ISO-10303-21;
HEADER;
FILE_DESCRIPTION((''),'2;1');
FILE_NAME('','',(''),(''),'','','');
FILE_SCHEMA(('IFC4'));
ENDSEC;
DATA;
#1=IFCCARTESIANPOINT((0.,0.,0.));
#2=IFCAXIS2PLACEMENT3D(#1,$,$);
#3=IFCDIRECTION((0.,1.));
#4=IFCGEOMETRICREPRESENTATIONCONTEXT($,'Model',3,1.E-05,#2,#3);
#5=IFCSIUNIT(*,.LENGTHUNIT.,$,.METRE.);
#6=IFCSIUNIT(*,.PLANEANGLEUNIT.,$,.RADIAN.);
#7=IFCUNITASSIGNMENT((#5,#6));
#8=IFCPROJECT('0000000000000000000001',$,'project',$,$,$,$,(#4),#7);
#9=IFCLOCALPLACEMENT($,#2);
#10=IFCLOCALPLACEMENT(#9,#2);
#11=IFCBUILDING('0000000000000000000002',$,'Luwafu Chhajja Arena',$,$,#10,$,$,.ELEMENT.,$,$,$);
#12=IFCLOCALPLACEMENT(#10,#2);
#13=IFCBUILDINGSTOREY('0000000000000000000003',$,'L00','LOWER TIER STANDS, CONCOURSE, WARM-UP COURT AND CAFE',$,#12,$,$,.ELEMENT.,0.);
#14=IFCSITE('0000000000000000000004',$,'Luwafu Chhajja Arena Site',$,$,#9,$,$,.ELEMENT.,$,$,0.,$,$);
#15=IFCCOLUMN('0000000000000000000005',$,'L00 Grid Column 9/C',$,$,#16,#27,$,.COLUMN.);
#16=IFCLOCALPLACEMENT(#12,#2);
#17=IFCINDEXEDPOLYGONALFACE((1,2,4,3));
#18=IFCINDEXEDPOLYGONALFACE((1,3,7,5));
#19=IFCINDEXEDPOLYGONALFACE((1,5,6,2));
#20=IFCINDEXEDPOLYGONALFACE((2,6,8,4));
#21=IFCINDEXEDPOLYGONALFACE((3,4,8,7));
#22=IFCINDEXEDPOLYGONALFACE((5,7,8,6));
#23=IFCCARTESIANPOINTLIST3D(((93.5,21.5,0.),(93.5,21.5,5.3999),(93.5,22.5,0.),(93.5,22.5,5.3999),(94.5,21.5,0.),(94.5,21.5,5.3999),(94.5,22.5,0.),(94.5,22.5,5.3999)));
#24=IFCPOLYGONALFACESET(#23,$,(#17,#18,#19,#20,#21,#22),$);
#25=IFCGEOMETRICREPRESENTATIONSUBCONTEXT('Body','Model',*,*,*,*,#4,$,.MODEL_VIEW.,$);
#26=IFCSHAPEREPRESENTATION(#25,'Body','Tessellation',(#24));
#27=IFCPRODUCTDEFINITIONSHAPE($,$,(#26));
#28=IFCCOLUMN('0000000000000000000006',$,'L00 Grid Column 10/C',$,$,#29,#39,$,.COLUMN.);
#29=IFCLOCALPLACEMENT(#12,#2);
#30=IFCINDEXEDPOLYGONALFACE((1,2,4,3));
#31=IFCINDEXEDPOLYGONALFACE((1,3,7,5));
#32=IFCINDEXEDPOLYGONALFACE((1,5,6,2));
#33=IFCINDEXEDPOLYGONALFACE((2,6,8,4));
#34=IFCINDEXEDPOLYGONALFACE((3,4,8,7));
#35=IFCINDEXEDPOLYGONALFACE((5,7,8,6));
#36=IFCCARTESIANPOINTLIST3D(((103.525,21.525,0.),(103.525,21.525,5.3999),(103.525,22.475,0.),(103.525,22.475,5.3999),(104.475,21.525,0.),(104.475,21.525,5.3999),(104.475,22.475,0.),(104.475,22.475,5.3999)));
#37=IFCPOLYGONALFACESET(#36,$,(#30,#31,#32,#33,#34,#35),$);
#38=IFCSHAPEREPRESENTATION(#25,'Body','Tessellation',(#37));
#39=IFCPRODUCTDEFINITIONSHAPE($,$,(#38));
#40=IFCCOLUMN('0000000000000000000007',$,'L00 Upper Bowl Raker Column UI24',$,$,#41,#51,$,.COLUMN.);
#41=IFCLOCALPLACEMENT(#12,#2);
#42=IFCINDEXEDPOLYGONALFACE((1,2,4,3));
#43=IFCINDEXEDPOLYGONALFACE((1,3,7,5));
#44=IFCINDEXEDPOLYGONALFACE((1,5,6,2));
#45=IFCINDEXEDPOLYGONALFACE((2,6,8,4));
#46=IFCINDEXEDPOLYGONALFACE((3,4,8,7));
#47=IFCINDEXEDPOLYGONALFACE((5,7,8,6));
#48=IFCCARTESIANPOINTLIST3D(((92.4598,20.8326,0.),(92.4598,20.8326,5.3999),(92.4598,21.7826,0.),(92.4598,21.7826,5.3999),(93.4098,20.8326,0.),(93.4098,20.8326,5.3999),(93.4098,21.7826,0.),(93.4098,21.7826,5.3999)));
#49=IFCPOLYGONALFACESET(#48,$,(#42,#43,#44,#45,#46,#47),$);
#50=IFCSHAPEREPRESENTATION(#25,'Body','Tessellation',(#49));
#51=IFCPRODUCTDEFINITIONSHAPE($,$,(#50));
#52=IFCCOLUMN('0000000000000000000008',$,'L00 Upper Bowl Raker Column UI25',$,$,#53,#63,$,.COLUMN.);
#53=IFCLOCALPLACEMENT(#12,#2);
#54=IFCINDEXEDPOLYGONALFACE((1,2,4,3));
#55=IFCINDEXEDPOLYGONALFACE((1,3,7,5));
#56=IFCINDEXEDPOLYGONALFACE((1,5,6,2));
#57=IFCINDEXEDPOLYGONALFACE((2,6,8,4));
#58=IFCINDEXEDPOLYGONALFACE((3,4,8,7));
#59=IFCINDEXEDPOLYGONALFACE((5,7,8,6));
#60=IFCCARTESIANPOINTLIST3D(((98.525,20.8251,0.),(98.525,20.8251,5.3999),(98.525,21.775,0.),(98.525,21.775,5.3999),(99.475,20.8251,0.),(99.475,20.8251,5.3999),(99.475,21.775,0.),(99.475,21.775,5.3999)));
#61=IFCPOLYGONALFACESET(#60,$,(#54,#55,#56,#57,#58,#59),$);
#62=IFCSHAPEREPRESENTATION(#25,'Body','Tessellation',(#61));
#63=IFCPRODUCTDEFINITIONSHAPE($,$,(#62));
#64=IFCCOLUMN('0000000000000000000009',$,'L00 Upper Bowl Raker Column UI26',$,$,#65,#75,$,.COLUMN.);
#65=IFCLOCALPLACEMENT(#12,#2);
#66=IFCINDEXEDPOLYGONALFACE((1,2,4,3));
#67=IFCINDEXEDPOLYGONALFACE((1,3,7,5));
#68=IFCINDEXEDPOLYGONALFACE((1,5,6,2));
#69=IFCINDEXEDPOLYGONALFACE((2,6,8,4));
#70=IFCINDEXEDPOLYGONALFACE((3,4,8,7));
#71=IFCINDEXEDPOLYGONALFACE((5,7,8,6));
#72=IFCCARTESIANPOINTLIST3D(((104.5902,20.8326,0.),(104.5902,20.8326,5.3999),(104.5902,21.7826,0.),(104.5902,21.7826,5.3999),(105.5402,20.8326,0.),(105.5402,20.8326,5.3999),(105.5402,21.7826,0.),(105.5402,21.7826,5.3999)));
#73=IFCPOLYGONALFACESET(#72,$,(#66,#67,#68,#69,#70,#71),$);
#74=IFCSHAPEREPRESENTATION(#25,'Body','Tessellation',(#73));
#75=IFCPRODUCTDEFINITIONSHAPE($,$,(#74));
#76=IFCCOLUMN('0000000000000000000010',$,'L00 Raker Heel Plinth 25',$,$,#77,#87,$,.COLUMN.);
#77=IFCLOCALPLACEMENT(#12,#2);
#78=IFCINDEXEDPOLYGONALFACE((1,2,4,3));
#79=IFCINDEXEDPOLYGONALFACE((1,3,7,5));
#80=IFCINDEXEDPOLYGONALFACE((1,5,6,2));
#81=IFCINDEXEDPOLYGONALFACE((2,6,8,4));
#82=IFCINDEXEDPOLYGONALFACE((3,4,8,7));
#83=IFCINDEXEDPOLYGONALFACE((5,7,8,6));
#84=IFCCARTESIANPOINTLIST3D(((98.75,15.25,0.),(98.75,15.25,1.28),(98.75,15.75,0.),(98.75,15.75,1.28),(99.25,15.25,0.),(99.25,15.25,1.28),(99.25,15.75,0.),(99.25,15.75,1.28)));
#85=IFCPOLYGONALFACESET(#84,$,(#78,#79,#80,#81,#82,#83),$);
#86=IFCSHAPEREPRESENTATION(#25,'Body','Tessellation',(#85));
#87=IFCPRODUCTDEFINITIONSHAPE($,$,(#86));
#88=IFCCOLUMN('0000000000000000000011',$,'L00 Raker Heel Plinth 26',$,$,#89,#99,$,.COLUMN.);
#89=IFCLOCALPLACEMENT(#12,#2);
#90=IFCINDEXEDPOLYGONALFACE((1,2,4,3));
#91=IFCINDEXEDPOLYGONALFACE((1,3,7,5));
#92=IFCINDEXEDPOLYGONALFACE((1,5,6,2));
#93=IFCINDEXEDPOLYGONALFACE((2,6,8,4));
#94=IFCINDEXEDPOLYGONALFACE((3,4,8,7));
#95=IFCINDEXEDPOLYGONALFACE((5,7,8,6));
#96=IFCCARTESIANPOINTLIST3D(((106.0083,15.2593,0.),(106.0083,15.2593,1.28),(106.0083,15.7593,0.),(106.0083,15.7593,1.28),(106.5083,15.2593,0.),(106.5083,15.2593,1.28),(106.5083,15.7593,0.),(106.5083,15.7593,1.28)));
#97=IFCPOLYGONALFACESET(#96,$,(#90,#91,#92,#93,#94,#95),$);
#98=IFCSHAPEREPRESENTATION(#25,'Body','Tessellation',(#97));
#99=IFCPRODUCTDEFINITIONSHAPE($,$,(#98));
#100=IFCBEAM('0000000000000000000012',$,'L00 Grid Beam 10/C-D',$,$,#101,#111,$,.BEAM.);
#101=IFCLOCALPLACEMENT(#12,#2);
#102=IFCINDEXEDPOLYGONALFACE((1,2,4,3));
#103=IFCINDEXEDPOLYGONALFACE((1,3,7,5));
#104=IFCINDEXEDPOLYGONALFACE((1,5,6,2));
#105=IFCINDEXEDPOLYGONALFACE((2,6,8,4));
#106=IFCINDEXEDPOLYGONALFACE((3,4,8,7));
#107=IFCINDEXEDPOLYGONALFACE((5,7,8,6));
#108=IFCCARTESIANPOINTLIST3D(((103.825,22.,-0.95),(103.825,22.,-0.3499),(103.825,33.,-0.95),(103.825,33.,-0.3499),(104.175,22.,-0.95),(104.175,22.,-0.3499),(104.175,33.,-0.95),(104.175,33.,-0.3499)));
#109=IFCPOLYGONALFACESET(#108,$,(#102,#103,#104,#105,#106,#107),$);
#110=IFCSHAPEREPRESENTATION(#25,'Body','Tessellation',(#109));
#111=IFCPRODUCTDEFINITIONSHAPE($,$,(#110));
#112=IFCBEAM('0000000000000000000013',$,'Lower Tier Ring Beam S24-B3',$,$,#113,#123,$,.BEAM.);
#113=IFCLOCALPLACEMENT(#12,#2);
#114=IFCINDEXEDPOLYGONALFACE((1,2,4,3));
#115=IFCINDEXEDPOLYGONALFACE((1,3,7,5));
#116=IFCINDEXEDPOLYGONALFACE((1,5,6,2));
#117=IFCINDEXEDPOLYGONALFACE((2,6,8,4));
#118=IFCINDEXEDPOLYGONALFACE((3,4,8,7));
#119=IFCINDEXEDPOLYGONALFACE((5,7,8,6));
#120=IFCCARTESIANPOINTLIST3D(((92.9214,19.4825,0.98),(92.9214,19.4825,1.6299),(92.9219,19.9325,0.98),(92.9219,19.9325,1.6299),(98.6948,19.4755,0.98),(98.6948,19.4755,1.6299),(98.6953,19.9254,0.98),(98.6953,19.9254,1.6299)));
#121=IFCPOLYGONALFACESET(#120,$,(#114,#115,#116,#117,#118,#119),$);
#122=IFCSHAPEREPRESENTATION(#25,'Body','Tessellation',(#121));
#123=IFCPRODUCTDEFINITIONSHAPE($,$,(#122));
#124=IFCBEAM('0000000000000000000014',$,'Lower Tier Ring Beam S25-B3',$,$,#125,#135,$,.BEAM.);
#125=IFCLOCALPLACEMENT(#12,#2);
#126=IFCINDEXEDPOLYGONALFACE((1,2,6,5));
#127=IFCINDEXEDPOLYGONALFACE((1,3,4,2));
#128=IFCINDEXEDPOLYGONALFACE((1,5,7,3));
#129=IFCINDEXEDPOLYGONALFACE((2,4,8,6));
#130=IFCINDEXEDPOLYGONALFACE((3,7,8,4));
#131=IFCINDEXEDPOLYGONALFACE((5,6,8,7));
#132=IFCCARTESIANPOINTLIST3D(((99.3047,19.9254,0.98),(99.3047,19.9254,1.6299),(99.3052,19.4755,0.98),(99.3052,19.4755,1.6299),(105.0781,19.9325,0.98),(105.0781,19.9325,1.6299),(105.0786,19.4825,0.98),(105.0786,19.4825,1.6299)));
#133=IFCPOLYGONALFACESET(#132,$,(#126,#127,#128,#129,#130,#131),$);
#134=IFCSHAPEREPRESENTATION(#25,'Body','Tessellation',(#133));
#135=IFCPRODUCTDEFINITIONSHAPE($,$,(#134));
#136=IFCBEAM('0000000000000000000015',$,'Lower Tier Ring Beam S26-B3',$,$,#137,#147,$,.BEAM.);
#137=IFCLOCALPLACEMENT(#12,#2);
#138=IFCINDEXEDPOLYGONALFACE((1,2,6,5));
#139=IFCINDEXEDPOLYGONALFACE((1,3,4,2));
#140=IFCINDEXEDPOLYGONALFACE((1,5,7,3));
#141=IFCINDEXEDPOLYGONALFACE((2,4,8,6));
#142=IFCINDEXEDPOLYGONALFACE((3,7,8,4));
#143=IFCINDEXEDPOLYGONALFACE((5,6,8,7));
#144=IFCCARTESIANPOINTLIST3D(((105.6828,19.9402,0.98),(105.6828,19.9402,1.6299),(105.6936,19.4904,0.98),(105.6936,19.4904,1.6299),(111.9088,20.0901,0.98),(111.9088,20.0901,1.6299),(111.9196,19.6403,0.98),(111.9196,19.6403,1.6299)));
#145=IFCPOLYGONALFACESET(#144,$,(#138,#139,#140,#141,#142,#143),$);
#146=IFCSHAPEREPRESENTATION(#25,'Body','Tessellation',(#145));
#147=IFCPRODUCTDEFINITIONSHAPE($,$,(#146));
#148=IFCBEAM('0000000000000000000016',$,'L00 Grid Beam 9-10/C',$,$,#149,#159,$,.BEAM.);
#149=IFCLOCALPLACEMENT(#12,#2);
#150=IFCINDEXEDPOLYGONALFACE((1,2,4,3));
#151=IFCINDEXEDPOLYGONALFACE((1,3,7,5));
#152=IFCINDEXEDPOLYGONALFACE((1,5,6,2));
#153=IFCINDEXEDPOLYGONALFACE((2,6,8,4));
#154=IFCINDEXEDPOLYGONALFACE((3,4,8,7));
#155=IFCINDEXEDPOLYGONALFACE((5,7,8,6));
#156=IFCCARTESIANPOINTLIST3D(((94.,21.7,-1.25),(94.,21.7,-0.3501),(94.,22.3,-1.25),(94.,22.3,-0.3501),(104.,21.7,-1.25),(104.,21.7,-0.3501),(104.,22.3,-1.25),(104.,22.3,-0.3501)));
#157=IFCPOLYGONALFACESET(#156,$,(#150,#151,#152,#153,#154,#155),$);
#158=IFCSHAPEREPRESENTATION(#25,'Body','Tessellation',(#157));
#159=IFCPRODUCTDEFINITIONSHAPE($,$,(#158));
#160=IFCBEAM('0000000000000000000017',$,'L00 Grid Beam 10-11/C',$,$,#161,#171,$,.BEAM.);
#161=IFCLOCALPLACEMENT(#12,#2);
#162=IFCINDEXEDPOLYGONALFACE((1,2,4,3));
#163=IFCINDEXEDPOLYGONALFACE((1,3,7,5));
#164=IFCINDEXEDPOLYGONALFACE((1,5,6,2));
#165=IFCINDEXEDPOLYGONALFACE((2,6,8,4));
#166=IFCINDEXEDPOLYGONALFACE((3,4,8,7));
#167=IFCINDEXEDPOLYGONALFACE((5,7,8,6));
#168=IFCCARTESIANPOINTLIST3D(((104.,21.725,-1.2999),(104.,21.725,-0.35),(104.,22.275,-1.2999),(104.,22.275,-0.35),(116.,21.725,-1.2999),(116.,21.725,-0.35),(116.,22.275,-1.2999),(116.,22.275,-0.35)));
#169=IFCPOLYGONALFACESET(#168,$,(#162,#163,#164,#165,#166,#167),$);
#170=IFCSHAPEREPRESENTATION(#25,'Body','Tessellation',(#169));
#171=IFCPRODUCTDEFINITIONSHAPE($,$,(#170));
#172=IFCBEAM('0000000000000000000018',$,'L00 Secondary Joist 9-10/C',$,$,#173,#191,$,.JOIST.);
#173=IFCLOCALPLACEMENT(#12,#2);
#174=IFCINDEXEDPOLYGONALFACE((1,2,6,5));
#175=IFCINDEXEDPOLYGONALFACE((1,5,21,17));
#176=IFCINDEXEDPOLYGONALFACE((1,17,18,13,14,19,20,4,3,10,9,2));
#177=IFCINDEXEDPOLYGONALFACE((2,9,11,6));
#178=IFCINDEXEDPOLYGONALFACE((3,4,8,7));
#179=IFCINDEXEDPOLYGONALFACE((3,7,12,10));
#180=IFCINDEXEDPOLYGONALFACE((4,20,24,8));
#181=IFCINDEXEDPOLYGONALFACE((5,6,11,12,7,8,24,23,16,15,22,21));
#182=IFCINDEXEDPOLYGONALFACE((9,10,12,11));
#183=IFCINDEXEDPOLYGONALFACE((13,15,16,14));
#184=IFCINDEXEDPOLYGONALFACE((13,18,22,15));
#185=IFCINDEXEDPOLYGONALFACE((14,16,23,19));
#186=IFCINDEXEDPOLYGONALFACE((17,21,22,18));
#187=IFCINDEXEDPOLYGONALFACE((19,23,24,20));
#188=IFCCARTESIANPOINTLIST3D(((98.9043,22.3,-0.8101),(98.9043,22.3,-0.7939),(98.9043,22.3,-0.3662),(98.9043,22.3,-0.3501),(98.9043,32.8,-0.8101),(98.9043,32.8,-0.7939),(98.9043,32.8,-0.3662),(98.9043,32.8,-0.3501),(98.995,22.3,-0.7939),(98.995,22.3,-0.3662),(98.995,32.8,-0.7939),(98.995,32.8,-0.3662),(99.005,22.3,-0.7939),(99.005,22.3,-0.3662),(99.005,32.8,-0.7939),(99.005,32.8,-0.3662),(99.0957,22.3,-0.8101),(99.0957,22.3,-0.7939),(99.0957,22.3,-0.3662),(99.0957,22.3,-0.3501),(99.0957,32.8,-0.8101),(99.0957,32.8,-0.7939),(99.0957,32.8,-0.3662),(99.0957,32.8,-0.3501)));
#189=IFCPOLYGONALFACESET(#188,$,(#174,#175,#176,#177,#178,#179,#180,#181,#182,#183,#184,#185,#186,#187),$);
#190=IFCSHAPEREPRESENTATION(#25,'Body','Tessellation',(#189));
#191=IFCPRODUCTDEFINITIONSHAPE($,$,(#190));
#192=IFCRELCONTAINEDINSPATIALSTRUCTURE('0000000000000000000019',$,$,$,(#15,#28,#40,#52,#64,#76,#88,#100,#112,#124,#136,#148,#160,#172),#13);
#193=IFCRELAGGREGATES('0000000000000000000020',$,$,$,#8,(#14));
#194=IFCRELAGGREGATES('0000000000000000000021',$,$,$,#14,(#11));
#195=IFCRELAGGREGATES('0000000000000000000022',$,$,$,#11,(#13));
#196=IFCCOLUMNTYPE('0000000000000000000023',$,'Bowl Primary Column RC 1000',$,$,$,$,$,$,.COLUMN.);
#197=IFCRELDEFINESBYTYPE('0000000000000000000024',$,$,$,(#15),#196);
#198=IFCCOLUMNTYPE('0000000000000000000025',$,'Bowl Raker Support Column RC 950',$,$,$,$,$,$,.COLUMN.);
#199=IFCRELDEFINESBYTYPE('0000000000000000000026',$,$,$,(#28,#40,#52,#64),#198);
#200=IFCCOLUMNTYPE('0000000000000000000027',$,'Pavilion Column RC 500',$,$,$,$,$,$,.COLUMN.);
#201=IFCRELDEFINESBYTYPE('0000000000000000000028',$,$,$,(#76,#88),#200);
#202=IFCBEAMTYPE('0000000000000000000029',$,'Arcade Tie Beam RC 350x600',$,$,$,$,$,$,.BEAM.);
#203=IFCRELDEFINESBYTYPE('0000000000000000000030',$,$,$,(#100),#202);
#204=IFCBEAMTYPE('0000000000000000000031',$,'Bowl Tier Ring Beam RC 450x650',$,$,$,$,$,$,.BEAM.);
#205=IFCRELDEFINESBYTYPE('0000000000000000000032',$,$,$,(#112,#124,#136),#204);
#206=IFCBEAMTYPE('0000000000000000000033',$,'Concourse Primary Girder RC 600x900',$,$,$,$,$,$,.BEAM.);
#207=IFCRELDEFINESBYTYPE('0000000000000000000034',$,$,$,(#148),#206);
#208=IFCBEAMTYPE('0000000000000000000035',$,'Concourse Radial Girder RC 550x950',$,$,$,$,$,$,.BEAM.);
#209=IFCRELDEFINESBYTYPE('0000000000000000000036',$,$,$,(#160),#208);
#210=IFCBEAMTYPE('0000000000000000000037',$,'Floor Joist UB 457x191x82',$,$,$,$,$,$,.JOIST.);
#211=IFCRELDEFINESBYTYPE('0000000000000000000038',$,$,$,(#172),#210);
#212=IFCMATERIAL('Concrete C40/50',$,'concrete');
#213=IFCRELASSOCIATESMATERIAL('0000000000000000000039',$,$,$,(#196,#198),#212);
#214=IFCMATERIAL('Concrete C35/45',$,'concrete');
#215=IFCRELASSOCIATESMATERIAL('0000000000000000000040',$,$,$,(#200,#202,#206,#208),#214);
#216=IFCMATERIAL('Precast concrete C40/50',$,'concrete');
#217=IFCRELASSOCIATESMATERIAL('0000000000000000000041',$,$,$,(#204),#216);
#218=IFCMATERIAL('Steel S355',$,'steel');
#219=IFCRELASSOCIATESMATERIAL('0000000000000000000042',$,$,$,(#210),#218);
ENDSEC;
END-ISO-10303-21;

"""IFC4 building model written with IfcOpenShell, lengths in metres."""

from ifc_helpers import new_model, si_unit, direction, frame, origin, origin_2d, place, context, subcontext, project, spatial, rectangle, i_section, extrude, material, material_profile, profile_set, type_object, element, save


model = new_model("IFC4")

# Units and contexts
model_context = context("Model", 3, precision=1e-05, world=origin(), true_north=direction((0.0, 1.0)))
body_context = subcontext(model_context, "Body", "Model", "MODEL_VIEW")
ifc_project = project(units=[si_unit("LENGTHUNIT", "METRE"), si_unit("PLANEANGLEUNIT", "RADIAN")], contexts=[model_context])

# Site, building, storey
site_placement = place(None, origin())
site = spatial("IfcSite", under=ifc_project, at=site_placement, Name="Luwafu Chhajja Arena Site", CompositionType="ELEMENT", RefElevation=0.0)
building_placement = place(site_placement, origin())
building = spatial("IfcBuilding", under=site, at=building_placement, Name="Luwafu Chhajja Arena", CompositionType="ELEMENT")
storey_placement = place(building_placement, origin())
storey = spatial("IfcBuildingStorey", under=building, at=storey_placement, Name="L00", Description="LOWER TIER STANDS, CONCOURSE, WARM-UP COURT AND CAFE", CompositionType="ELEMENT", Elevation=0.0)

# Columns
ifc_material_1 = material(Name="Concrete C40/50", Category="concrete")
ifc_material_profile_1 = material_profile(ifc_material_1, rectangle(XDim=1.0, YDim=1.0, at=origin_2d()), Name="RC 1000x1000")
ifc_profile_set_1 = profile_set([ifc_material_profile_1], Name="Concrete C40/50")
column_type_1 = type_object("IfcColumnType", Name="Bowl Primary Column RC 1000", PredefinedType="COLUMN", material=ifc_profile_set_1)
column_placement = place(storey_placement, frame((94.0, 22.0, 0.0), z_axis=(0.0, 0.0, 1.0), x_axis=(1.0, 0.0, 0.0)))
element("IfcColumn", 1, at=column_placement, inside=storey, type_object=column_type_1, Name="L00 Grid Column 9/C", PredefinedType="COLUMN", context=body_context, shape_type="SweptSolid", body=[
    extrude(rectangle(XDim=1.0, YDim=1.0, at=origin_2d()), origin(), (0.0, 0.0, 1.0), 5.3999),
])
ifc_material_profile_2 = material_profile(ifc_material_1, rectangle(XDim=0.95, YDim=0.95, at=origin_2d()), Name="RC 950x950")
ifc_profile_set_2 = profile_set([ifc_material_profile_2], Name="Concrete C40/50")
column_type_2 = type_object("IfcColumnType", Name="Bowl Raker Support Column RC 950", PredefinedType="COLUMN", material=ifc_profile_set_2)
for number, where, z_axis, x_axis, name in (
    (2, (104.0, 22.0, 0.0), (0.0, 0.0, 1.0), (1.0, 0.0, 0.0), "L00 Grid Column 10/C"),
    (3, (92.9348, 21.3076, 0.0), (0.0, 0.0, 1.0), (1.0, 0.0, 0.0), "L00 Upper Bowl Raker Column UI24"),
    (4, (99.0, 21.3, 0.0), (0.0, 0.0, 1.0), (1.0, 0.0, 0.0), "L00 Upper Bowl Raker Column UI25"),
    (5, (105.0652, 21.3076, 0.0), (0.0, 0.0, 1.0), (1.0, 0.0, 0.0), "L00 Upper Bowl Raker Column UI26"),
):
    element("IfcColumn", number, at=place(storey_placement, frame(where, z_axis=z_axis, x_axis=x_axis)), inside=storey, type_object=column_type_2, Name=name, PredefinedType="COLUMN", context=body_context, shape_type="SweptSolid", body=[
        extrude(rectangle(XDim=0.95, YDim=0.95, at=origin_2d()), origin(), (0.0, 0.0, 1.0), 5.3999),
    ])
ifc_material_2 = material(Name="Concrete C35/45", Category="concrete")
ifc_material_profile_3 = material_profile(ifc_material_2, rectangle(XDim=0.5, YDim=0.5, at=origin_2d()), Name="RC 500x500")
ifc_profile_set_3 = profile_set([ifc_material_profile_3], Name="Concrete C35/45")
column_type_3 = type_object("IfcColumnType", Name="Pavilion Column RC 500", PredefinedType="COLUMN", material=ifc_profile_set_3)
for number, where, z_axis, x_axis, name in (
    (6, (99.0, 15.5, 0.0), (0.0, 0.0, 1.0), (1.0, 0.0, 0.0), "L00 Raker Heel Plinth 25"),
    (7, (106.2583, 15.5093, 0.0), (0.0, 0.0, 1.0), (1.0, 0.0, 0.0), "L00 Raker Heel Plinth 26"),
):
    element("IfcColumn", number, at=place(storey_placement, frame(where, z_axis=z_axis, x_axis=x_axis)), inside=storey, type_object=column_type_3, Name=name, PredefinedType="COLUMN", context=body_context, shape_type="SweptSolid", body=[
        extrude(rectangle(XDim=0.5, YDim=0.5, at=origin_2d()), origin(), (0.0, 0.0, 1.0), 1.28),
    ])

# Beams
ifc_material_profile_4 = material_profile(ifc_material_2, rectangle(XDim=0.3501, YDim=0.6001, at=origin_2d()), Name="RC 350x600")
ifc_profile_set_4 = profile_set([ifc_material_profile_4], Name="Concrete C35/45")
beam_type_1 = type_object("IfcBeamType", Name="Arcade Tie Beam RC 350x600", PredefinedType="BEAM", material=ifc_profile_set_4)
beam_1_placement = place(storey_placement, frame((104.0, 22.0, -0.6499), z_axis=(0.0, 1.0, 0.0), x_axis=(-1.0, 0.0, 0.0)))
element("IfcBeam", 8, at=beam_1_placement, inside=storey, type_object=beam_type_1, Name="L00 Grid Beam 10/C-D", PredefinedType="BEAM", context=body_context, shape_type="SweptSolid", body=[
    extrude(rectangle(XDim=0.3501, YDim=0.6001, at=origin_2d()), origin(), (0.0, 0.0, 1.0), 11.0),
])
ifc_material_3 = material(Name="Precast concrete C40/50", Category="concrete")
ifc_material_profile_5 = material_profile(ifc_material_3, rectangle(XDim=0.45, YDim=0.6499, at=origin_2d()), Name="RC 450x650")
ifc_profile_set_5 = profile_set([ifc_material_profile_5], Name="Precast concrete C40/50")
beam_type_2 = type_object("IfcBeamType", Name="Bowl Tier Ring Beam RC 450x650", PredefinedType="BEAM", material=ifc_profile_set_5)
for number, where, z_axis, x_axis, name in (
    (9, (92.9216, 19.7075, 1.3049), (0.999999, -0.001226, 0.0), (0.001226, 0.999999, 0.0), "Lower Tier Ring Beam S24-B3"),
    (10, (99.3049, 19.7004, 1.3049), (0.999999, 0.001226, 0.0), (-0.001226, 0.999999, 0.0), "Lower Tier Ring Beam S25-B3"),
):
    element("IfcBeam", number, at=place(storey_placement, frame(where, z_axis=z_axis, x_axis=x_axis)), inside=storey, type_object=beam_type_2, Name=name, PredefinedType="BEAM", context=body_context, shape_type="SweptSolid", body=[
        extrude(rectangle(XDim=0.45, YDim=0.6499, at=origin_2d()), origin(), (0.0, 0.0, 1.0), 5.7734),
    ])
beam_2_placement = place(storey_placement, frame((105.6882, 19.7153, 1.3049), z_axis=(0.99971, 0.02407, 0.0), x_axis=(-0.02407, 0.99971, 0.0)))
element("IfcBeam", 11, at=beam_2_placement, inside=storey, type_object=beam_type_2, Name="Lower Tier Ring Beam S26-B3", PredefinedType="BEAM", context=body_context, shape_type="SweptSolid", body=[
    extrude(rectangle(XDim=0.45, YDim=0.6499, at=origin_2d()), origin(), (0.0, 0.0, 1.0), 6.2278),
])
ifc_material_profile_6 = material_profile(ifc_material_2, rectangle(XDim=0.6001, YDim=0.8999, at=origin_2d()), Name="RC 600x900")
ifc_profile_set_6 = profile_set([ifc_material_profile_6], Name="Concrete C35/45")
beam_type_3 = type_object("IfcBeamType", Name="Concourse Primary Girder RC 600x900", PredefinedType="BEAM", material=ifc_profile_set_6)
beam_3_placement = place(storey_placement, frame((94.0, 22.0, -0.8), z_axis=(1.0, 0.0, 0.0), x_axis=(0.0, 1.0, 0.0)))
element("IfcBeam", 12, at=beam_3_placement, inside=storey, type_object=beam_type_3, Name="L00 Grid Beam 9-10/C", PredefinedType="BEAM", context=body_context, shape_type="SweptSolid", body=[
    extrude(rectangle(XDim=0.6001, YDim=0.8999, at=origin_2d()), origin(), (0.0, 0.0, 1.0), 10.0),
])
ifc_material_profile_7 = material_profile(ifc_material_2, rectangle(XDim=0.55, YDim=0.95, at=origin_2d()), Name="RC 550x950")
ifc_profile_set_7 = profile_set([ifc_material_profile_7], Name="Concrete C35/45")
beam_type_4 = type_object("IfcBeamType", Name="Concourse Radial Girder RC 550x950", PredefinedType="BEAM", material=ifc_profile_set_7)
beam_4_placement = place(storey_placement, frame((104.0, 22.0, -0.825), z_axis=(1.0, 0.0, 0.0), x_axis=(0.0, 1.0, 0.0)))
element("IfcBeam", 13, at=beam_4_placement, inside=storey, type_object=beam_type_4, Name="L00 Grid Beam 10-11/C", PredefinedType="BEAM", context=body_context, shape_type="SweptSolid", body=[
    extrude(rectangle(XDim=0.55, YDim=0.95, at=origin_2d()), origin(), (0.0, 0.0, 1.0), 12.0),
])
ifc_material_4 = material(Name="Steel S355", Category="steel")
ifc_material_profile_8 = material_profile(ifc_material_4, i_section(OverallWidth=0.1914, OverallDepth=0.46, WebThickness=0.01, FlangeThickness=0.0161, at=origin_2d()), Name="UB 457x191x82")
ifc_profile_set_8 = profile_set([ifc_material_profile_8], Name="Steel S355")
beam_type_5 = type_object("IfcBeamType", Name="Floor Joist UB 457x191x82", PredefinedType="JOIST", material=ifc_profile_set_8)
beam_5_placement = place(storey_placement, frame((99.0, 22.3, -0.5801), z_axis=(0.0, 1.0, 0.0), x_axis=(-1.0, 0.0, 0.0)))
element("IfcBeam", 14, at=beam_5_placement, inside=storey, type_object=beam_type_5, Name="L00 Secondary Joist 9-10/C", PredefinedType="JOIST", context=body_context, shape_type="SweptSolid", body=[
    extrude(i_section(OverallWidth=0.1914, OverallDepth=0.46, WebThickness=0.01, FlangeThickness=0.0161, at=origin_2d()), origin(), (0.0, 0.0, 1.0), 10.5),
])

save(model, "model.ifc")
